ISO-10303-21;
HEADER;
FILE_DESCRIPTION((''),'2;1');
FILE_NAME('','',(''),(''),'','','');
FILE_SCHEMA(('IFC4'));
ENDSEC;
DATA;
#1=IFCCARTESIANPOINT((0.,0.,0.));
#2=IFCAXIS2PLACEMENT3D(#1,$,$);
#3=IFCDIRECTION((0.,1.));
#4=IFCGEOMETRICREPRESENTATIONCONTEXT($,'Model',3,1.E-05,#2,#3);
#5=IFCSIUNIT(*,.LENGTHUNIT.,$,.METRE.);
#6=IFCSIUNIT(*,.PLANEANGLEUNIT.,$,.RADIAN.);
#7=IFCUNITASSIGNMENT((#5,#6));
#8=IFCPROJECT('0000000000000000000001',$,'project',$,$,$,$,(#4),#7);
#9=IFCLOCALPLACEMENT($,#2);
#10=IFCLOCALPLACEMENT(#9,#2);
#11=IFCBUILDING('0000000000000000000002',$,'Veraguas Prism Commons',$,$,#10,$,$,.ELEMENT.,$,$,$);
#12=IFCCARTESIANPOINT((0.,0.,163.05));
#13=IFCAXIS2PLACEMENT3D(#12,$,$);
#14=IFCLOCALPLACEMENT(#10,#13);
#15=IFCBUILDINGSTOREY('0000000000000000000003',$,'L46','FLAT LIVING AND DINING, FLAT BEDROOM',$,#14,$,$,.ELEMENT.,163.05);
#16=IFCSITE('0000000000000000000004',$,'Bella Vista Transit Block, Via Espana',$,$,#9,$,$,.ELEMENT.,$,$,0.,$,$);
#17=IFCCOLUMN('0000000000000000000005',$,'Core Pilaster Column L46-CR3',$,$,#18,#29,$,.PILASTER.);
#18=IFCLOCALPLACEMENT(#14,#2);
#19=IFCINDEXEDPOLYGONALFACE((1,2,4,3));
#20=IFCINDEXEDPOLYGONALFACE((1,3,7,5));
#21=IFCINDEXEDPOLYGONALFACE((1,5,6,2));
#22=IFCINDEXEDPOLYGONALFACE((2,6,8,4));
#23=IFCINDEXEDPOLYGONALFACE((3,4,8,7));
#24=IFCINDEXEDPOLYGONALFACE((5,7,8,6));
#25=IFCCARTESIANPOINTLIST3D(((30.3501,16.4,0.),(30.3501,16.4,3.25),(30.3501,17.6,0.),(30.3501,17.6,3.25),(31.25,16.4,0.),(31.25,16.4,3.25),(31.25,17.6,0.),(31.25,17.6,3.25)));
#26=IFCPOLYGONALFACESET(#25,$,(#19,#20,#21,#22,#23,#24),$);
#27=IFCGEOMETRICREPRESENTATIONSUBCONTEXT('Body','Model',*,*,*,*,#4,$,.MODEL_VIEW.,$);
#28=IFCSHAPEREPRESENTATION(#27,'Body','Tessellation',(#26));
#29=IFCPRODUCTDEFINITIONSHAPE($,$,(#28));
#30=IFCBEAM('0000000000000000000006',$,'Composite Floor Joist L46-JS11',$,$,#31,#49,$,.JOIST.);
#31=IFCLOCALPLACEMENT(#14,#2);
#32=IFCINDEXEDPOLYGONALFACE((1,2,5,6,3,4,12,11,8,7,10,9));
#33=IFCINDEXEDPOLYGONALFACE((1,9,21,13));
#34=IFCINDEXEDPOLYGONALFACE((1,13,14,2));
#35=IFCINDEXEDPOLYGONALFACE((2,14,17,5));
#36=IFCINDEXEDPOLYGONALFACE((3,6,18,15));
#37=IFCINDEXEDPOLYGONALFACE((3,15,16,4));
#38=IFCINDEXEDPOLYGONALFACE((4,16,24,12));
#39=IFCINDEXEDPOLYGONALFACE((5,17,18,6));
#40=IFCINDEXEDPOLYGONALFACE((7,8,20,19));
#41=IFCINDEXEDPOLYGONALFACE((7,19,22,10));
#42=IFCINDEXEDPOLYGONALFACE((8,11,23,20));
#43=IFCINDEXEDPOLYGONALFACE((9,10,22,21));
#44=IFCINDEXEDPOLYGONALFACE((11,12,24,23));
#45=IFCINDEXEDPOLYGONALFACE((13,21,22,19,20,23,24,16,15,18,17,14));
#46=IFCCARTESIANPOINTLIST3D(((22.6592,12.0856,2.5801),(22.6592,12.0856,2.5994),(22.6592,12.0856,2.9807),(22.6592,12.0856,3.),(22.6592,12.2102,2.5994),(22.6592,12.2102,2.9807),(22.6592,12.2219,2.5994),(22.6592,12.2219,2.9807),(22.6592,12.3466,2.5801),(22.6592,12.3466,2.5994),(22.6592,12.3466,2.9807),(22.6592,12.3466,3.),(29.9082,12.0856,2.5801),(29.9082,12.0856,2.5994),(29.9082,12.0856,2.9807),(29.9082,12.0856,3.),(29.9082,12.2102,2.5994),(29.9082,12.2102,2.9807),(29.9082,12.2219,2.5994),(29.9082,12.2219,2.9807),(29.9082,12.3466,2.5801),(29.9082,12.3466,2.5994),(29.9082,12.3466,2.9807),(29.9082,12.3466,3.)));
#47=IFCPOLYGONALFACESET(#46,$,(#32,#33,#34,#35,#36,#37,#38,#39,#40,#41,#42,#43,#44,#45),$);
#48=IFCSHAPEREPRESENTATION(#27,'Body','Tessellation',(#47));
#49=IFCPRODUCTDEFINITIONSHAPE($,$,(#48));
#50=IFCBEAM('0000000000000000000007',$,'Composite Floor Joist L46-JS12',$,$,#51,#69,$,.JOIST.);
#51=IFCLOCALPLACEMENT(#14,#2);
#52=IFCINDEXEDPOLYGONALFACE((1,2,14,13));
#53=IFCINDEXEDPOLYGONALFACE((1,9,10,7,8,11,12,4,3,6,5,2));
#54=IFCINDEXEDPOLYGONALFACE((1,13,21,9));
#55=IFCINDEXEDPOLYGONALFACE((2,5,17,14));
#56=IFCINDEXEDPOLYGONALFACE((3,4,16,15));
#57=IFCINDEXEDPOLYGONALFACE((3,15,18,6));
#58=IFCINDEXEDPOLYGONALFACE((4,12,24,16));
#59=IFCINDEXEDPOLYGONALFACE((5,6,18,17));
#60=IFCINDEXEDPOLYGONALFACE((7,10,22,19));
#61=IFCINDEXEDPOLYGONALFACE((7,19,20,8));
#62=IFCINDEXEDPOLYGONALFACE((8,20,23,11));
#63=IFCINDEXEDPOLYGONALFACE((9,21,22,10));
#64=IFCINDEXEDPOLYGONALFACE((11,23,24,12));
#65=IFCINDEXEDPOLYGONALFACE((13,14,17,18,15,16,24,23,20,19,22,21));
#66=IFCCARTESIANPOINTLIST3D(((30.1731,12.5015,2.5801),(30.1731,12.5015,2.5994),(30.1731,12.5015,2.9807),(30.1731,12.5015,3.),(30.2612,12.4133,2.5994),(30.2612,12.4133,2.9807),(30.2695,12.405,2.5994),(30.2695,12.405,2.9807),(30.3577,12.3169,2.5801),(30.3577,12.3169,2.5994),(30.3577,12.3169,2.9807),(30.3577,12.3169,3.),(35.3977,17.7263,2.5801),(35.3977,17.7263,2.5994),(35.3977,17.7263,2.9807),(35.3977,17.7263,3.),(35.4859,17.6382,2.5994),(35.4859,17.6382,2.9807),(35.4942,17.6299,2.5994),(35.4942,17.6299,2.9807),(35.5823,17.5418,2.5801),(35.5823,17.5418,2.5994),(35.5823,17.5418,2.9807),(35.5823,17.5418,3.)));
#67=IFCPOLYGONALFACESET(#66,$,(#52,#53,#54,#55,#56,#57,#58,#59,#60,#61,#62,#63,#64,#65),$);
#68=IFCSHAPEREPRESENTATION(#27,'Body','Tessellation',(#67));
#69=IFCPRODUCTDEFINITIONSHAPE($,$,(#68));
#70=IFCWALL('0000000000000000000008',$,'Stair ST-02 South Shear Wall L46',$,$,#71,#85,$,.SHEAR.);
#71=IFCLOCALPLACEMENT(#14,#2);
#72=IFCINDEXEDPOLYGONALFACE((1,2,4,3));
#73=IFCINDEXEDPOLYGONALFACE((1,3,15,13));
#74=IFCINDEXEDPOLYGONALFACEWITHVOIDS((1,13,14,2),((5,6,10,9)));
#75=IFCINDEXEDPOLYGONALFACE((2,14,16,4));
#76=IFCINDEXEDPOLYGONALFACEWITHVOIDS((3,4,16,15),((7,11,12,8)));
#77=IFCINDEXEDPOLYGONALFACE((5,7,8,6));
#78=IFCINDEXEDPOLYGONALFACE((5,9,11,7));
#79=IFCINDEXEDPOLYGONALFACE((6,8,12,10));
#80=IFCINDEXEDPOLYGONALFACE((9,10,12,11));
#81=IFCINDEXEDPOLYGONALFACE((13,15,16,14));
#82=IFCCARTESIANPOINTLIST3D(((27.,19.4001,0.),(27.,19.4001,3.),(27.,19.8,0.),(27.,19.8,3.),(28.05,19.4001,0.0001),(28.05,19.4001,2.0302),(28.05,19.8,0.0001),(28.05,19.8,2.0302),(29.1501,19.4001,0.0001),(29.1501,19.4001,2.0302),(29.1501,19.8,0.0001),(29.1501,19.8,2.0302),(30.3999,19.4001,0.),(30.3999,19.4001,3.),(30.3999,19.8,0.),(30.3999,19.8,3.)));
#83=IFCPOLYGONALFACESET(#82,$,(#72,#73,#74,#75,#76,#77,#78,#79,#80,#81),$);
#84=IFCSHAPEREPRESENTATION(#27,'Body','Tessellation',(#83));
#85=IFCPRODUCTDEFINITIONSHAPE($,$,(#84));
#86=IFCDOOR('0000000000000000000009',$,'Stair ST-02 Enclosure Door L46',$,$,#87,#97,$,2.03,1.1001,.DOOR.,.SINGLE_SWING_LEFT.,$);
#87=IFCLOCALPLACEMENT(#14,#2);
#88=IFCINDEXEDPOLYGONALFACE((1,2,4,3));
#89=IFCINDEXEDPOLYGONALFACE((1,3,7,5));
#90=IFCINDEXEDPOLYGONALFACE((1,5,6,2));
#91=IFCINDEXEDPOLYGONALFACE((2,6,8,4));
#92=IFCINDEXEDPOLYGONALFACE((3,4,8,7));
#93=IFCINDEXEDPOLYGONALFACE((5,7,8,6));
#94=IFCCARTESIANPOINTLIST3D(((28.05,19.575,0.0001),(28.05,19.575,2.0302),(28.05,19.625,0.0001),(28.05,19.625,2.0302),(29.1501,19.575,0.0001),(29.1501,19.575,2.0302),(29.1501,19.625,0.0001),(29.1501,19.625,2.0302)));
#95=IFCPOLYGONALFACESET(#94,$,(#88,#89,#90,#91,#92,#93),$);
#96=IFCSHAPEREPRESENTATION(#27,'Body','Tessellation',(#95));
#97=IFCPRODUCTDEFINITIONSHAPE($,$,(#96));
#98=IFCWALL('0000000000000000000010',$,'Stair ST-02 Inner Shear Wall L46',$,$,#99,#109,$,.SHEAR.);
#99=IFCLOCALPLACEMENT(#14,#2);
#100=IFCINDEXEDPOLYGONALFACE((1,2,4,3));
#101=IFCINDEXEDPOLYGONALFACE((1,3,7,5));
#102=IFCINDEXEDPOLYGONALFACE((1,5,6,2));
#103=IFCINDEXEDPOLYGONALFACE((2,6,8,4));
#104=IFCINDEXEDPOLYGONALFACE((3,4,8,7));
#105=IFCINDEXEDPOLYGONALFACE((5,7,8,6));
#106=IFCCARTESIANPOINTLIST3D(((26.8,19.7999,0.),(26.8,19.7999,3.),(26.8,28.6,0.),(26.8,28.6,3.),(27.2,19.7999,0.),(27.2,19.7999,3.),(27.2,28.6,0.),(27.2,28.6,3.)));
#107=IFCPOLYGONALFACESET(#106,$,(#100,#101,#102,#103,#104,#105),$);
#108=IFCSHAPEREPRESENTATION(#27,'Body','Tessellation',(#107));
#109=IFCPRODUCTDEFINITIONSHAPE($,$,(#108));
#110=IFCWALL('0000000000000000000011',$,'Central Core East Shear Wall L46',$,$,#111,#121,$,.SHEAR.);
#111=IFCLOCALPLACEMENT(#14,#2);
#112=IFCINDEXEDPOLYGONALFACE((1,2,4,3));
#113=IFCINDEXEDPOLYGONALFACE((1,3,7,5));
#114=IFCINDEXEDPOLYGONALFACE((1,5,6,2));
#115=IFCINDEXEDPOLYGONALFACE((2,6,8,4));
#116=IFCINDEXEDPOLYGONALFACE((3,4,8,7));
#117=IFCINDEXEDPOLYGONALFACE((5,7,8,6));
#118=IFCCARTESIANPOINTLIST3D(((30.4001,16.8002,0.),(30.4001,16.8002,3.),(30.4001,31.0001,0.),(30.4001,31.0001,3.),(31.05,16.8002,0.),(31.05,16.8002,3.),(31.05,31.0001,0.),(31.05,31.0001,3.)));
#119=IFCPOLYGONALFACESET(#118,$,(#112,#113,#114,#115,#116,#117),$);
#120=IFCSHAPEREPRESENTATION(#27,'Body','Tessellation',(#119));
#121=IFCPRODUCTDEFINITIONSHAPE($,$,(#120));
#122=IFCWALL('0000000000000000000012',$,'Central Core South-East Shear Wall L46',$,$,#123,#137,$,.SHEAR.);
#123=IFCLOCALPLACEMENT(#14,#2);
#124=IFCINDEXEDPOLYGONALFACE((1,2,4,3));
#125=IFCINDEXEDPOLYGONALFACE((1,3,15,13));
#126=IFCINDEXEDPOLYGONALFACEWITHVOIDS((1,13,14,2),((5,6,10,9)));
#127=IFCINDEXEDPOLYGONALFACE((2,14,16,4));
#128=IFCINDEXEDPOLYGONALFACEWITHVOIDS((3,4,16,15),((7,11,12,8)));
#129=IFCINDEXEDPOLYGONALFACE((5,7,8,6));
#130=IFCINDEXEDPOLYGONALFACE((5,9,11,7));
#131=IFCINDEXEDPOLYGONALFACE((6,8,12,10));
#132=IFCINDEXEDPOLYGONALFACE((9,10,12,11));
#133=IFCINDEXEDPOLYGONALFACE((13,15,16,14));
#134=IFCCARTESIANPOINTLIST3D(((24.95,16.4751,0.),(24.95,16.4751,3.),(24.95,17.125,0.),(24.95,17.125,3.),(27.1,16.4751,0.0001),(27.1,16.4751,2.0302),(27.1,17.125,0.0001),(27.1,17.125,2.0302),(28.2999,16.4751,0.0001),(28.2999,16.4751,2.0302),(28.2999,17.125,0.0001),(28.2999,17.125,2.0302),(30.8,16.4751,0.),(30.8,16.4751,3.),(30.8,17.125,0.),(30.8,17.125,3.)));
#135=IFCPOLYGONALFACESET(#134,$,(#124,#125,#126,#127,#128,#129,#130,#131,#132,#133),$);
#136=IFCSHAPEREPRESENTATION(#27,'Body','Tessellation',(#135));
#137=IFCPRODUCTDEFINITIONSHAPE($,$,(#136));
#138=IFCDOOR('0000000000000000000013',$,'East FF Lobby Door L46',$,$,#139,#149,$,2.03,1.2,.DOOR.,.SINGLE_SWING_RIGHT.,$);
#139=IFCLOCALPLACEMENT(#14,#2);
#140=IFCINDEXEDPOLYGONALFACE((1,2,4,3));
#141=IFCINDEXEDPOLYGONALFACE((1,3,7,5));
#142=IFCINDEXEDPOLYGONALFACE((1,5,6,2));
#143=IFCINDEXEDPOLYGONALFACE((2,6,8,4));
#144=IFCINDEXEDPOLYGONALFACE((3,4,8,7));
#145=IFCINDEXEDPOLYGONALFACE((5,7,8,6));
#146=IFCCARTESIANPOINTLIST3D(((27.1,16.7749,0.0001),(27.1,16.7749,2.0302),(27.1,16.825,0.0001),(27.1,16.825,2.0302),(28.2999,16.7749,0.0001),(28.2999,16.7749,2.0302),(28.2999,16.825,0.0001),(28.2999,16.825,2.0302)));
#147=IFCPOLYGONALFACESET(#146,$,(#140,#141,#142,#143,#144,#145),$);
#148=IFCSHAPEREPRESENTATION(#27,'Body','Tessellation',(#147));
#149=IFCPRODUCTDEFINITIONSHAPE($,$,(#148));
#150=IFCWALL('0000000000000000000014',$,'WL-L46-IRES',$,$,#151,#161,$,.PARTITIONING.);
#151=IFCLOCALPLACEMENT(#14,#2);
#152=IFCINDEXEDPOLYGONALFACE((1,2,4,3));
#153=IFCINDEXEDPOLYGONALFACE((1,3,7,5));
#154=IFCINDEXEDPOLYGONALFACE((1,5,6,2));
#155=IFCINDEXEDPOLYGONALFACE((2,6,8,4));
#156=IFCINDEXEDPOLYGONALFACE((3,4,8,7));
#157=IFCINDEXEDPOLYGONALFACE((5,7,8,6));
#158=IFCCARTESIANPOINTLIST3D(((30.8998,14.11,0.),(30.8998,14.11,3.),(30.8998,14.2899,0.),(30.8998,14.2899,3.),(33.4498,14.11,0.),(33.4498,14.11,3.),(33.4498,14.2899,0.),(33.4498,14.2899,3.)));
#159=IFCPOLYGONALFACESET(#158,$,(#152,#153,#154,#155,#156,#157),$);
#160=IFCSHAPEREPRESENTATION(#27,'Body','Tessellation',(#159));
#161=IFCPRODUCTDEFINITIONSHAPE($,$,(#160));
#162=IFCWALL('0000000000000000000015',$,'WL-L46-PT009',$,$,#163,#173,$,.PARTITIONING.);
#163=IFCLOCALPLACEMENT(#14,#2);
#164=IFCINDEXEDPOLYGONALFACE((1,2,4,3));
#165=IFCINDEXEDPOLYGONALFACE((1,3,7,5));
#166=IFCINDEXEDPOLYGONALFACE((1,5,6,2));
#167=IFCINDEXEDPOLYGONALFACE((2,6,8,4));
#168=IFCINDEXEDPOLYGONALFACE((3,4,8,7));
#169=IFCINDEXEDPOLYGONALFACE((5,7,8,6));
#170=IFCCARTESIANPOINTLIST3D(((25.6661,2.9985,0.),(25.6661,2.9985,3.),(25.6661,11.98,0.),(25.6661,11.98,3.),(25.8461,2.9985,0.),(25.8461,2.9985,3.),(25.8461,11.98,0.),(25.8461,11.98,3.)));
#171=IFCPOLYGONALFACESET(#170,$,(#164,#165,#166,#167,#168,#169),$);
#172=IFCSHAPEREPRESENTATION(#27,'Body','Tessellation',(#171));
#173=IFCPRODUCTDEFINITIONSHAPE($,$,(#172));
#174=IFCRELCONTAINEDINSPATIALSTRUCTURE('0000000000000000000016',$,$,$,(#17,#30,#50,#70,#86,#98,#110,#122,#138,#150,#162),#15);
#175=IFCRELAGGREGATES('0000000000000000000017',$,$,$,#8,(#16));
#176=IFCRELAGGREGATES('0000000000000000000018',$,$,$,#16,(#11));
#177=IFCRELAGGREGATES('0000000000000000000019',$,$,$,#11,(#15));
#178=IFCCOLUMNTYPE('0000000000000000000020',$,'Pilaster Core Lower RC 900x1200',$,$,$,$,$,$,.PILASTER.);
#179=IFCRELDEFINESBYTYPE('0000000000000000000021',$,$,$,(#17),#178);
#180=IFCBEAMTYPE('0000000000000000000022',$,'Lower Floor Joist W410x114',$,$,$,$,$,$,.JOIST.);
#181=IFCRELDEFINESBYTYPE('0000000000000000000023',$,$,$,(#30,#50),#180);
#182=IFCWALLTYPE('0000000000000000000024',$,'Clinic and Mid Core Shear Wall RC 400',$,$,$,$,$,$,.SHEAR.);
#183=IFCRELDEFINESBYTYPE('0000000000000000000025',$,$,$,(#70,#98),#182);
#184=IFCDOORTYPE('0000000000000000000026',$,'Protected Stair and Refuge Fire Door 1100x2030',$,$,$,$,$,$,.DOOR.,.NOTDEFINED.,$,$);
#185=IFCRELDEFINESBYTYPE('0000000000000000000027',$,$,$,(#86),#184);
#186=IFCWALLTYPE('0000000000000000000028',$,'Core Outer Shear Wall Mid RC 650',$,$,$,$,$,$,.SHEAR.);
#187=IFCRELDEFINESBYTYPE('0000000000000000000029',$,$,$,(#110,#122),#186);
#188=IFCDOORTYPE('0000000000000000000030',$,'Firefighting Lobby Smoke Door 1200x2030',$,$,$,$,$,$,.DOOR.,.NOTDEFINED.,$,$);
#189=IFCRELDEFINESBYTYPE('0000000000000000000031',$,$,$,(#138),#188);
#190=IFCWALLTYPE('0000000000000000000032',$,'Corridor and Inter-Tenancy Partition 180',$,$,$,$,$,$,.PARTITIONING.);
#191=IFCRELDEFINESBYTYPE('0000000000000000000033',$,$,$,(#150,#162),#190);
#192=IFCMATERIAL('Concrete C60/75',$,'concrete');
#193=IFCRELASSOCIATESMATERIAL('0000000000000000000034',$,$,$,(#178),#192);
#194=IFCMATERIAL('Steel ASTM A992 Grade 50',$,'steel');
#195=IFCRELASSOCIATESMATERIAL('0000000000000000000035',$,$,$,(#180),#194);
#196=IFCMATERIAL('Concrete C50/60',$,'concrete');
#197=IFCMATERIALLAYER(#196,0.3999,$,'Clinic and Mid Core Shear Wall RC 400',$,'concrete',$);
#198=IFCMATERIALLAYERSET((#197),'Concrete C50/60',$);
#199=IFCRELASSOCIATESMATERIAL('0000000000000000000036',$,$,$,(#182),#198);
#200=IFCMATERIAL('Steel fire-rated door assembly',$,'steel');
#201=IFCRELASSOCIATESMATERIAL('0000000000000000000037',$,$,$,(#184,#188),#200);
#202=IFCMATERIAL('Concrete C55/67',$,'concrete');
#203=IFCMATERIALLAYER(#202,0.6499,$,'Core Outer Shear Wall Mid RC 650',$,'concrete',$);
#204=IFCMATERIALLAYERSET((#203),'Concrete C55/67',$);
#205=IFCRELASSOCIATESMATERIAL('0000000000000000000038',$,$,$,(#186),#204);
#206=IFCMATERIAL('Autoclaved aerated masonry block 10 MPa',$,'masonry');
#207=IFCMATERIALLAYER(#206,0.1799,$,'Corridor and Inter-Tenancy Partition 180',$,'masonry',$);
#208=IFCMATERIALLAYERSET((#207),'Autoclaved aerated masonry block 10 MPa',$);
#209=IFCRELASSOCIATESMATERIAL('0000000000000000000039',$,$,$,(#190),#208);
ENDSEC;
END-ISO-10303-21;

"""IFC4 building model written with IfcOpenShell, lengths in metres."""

from ifc_helpers import new_model, si_unit, direction, frame, frame_2d, origin, origin_2d, place, context, subcontext, project, spatial, rectangle, i_section, extrude, source, transform, mapped, material, layer, layer_set, material_profile, profile_set, type_object, element, fill, save


model = new_model("IFC4")

# Units and contexts
model_context = context("Model", 3, precision=1e-05, world=origin(), true_north=direction((0.0, 1.0)))
body_context = subcontext(model_context, "Body", "Model", "MODEL_VIEW")
ifc_project = project(units=[si_unit("LENGTHUNIT", "METRE"), si_unit("PLANEANGLEUNIT", "RADIAN")], contexts=[model_context])

# Site, building, storey
site_placement = place(None, origin())
site = spatial("IfcSite", under=ifc_project, at=site_placement, Name="Bella Vista Transit Block, Via Espana", CompositionType="ELEMENT", RefElevation=0.0)
building_placement = place(site_placement, origin())
building = spatial("IfcBuilding", under=site, at=building_placement, Name="Veraguas Prism Commons", CompositionType="ELEMENT")
storey_placement = place(building_placement, frame((0.0, 0.0, 163.05)))
storey = spatial("IfcBuildingStorey", under=building, at=storey_placement, Name="L46", Description="FLAT LIVING AND DINING, FLAT BEDROOM", CompositionType="ELEMENT", Elevation=163.05)

# Column
ifc_material_1 = material(Name="Concrete C60/75", Category="concrete")
ifc_material_profile_1 = material_profile(ifc_material_1, rectangle(XDim=0.8999, YDim=1.2, at=origin_2d()), Name="RC900X1200")
ifc_profile_set_1 = profile_set([ifc_material_profile_1], Name="Concrete C60/75")
column_type = type_object("IfcColumnType", Name="Pilaster Core Lower RC 900x1200", PredefinedType="PILASTER", material=ifc_profile_set_1)
column_placement = place(storey_placement, frame((30.8, 17.0, 0.0), z_axis=(0.0, 0.0, 1.0), x_axis=(1.0, 0.0, 0.0)))
element("IfcColumn", 1, at=column_placement, inside=storey, type_object=column_type, Name="Core Pilaster Column L46-CR3", PredefinedType="PILASTER", context=body_context, shape_type="SweptSolid", body=[
    extrude(rectangle(XDim=0.8999, YDim=1.2, at=origin_2d()), origin(), (0.0, 0.0, 1.0), 3.25),
])

# Beams
ifc_material_2 = material(Name="Steel ASTM A992 Grade 50", Category="steel")
ifc_material_profile_2 = material_profile(ifc_material_2, i_section(OverallWidth=0.261, OverallDepth=0.4199, WebThickness=0.0117, FlangeThickness=0.0193, at=origin_2d()), Name="W410X114")
ifc_profile_set_2 = profile_set([ifc_material_profile_2], Name="Steel ASTM A992 Grade 50")
beam_type = type_object("IfcBeamType", Name="Lower Floor Joist W410x114", PredefinedType="JOIST", material=ifc_profile_set_2)
beam_1_placement = place(storey_placement, frame((22.6592, 12.2161, 2.79), z_axis=(1.0, 0.0, 0.0), x_axis=(0.0, 1.0, 0.0)))
element("IfcBeam", 2, at=beam_1_placement, inside=storey, type_object=beam_type, Name="Composite Floor Joist L46-JS11", PredefinedType="JOIST", context=body_context, shape_type="SweptSolid", body=[
    extrude(i_section(OverallWidth=0.261, OverallDepth=0.4199, WebThickness=0.0117, FlangeThickness=0.0193, at=origin_2d()), origin(), (0.0, 0.0, 1.0), 7.249),
])
beam_2_placement = place(storey_placement, frame((30.2654, 12.4092, 2.79), z_axis=(0.70709, 0.707123, 0.0), x_axis=(-0.707123, 0.70709, 0.0)))
element("IfcBeam", 3, at=beam_2_placement, inside=storey, type_object=beam_type, Name="Composite Floor Joist L46-JS12", PredefinedType="JOIST", context=body_context, shape_type="SweptSolid", body=[
    extrude(i_section(OverallWidth=0.261, OverallDepth=0.4199, WebThickness=0.0117, FlangeThickness=0.0193, at=origin_2d()), origin(), (0.0, 0.0, 1.0), 7.3889),
])

# Wall, opening, door
ifc_material_3 = material(Name="Concrete C50/60", Category="concrete")
ifc_layer_1 = layer(ifc_material_3, 0.3999, Name="Clinic and Mid Core Shear Wall RC 400", Category="concrete")
ifc_layer_set_1 = layer_set([ifc_layer_1], Name="Concrete C50/60")
wall_type_1 = type_object("IfcWallType", Name="Clinic and Mid Core Shear Wall RC 400", PredefinedType="SHEAR", material=ifc_layer_set_1)
wall_1_placement = place(storey_placement, frame((27.0, 19.6001, 0.0), z_axis=(0.0, 0.0, 1.0), x_axis=(1.0, 0.0, 0.0)))
wall_1 = element("IfcWall", 4, at=wall_1_placement, inside=storey, type_object=wall_type_1, Name="Stair ST-02 South Shear Wall L46", PredefinedType="SHEAR", context=body_context, shape_type="SweptSolid", body=[
    extrude(rectangle(XDim=3.3999, YDim=0.3999, at=frame_2d((1.7, 0.0))), origin(), (0.0, 0.0, 1.0), 3.0),
])
opening_1_placement = place(wall_1_placement, frame((1.05, 0.0, 0.0)))
opening_1 = element("IfcOpeningElement", 5, at=opening_1_placement, cuts=wall_1, PredefinedType="OPENING", context=body_context, shape_type="SweptSolid", body=[
    extrude(rectangle(XDim=1.1001, YDim=2.03, at=frame_2d((0.55, 1.0151))), frame((0.0, 0.21, 0.0), z_axis=(0.0, -1.0, 0.0), x_axis=(1.0, 0.0, 0.0)), (0.0, 0.0, 1.0), 0.4199),
])
ifc_material_4 = material(Name="Steel fire-rated door assembly", Category="steel")
door_type_1 = type_object("IfcDoorType", Name="Protected Stair and Refuge Fire Door 1100x2030", OperationType="NOTDEFINED", PredefinedType="DOOR", material=ifc_material_4)
shared_shape_1 = source(origin(), body_context, "Body", "SweptSolid", [
    extrude(rectangle(XDim=1.1001, YDim=2.03, at=frame_2d((0.55, 1.0151))), frame((0.0, 0.0249, 0.0), z_axis=(0.0, -1.0, 0.0), x_axis=(1.0, 0.0, 0.0)), (0.0, 0.0, 1.0), 0.05),
])
door_1_placement = place(opening_1_placement, origin())
door_1 = element("IfcDoor", 6, at=door_1_placement, inside=storey, type_object=door_type_1, Name="Stair ST-02 Enclosure Door L46", OperationType="SINGLE_SWING_LEFT", OverallHeight=2.03, OverallWidth=1.1001, PredefinedType="DOOR", context=body_context, shape_type="MappedRepresentation", body=[
    mapped(shared_shape_1, transform((0.0, 0.0, 0.0), scale=1.0)),
])
fill(opening_1, door_1)

# Walls
wall_2_placement = place(storey_placement, frame((27.0, 19.8, 0.0), z_axis=(0.0, 0.0, 1.0), x_axis=(0.0, 1.0, 0.0)))
element("IfcWall", 7, at=wall_2_placement, inside=storey, type_object=wall_type_1, Name="Stair ST-02 Inner Shear Wall L46", PredefinedType="SHEAR", context=body_context, shape_type="SweptSolid", body=[
    extrude(rectangle(XDim=8.8, YDim=0.3999, at=frame_2d((4.3999, 0.0))), origin(), (0.0, 0.0, 1.0), 3.0),
])
ifc_material_5 = material(Name="Concrete C55/67", Category="concrete")
ifc_layer_2 = layer(ifc_material_5, 0.6499, Name="Core Outer Shear Wall Mid RC 650", Category="concrete")
ifc_layer_set_2 = layer_set([ifc_layer_2], Name="Concrete C55/67")
wall_type_2 = type_object("IfcWallType", Name="Core Outer Shear Wall Mid RC 650", PredefinedType="SHEAR", material=ifc_layer_set_2)
wall_3_placement = place(storey_placement, frame((30.7251, 16.8, 0.0), z_axis=(0.0, 0.0, 1.0), x_axis=(0.0, 1.0, 0.0)))
element("IfcWall", 8, at=wall_3_placement, inside=storey, type_object=wall_type_2, Name="Central Core East Shear Wall L46", PredefinedType="SHEAR", context=body_context, shape_type="SweptSolid", body=[
    extrude(rectangle(XDim=14.2, YDim=0.6499, at=frame_2d((7.1001, 0.0))), origin(), (0.0, 0.0, 1.0), 3.0),
])

# Wall, opening, door
wall_4_placement = place(storey_placement, frame((24.95, 16.8, 0.0), z_axis=(0.0, 0.0, 1.0), x_axis=(1.0, 0.0, 0.0)))
wall_4 = element("IfcWall", 9, at=wall_4_placement, inside=storey, type_object=wall_type_2, Name="Central Core South-East Shear Wall L46", PredefinedType="SHEAR", context=body_context, shape_type="SweptSolid", body=[
    extrude(rectangle(XDim=5.8501, YDim=0.6499, at=frame_2d((2.925, 0.0))), origin(), (0.0, 0.0, 1.0), 3.0),
])
opening_2_placement = place(wall_4_placement, frame((2.1499, 0.0, 0.0)))
opening_2 = element("IfcOpeningElement", 10, at=opening_2_placement, cuts=wall_4, PredefinedType="OPENING", context=body_context, shape_type="SweptSolid", body=[
    extrude(rectangle(XDim=1.2, YDim=2.03, at=frame_2d((0.6001, 1.0151))), frame((0.0, 0.335, 0.0), z_axis=(0.0, -1.0, 0.0), x_axis=(1.0, 0.0, 0.0)), (0.0, 0.0, 1.0), 0.6699),
])
door_type_2 = type_object("IfcDoorType", Name="Firefighting Lobby Smoke Door 1200x2030", OperationType="NOTDEFINED", PredefinedType="DOOR", material=ifc_material_4)
shared_shape_2 = source(origin(), body_context, "Body", "SweptSolid", [
    extrude(rectangle(XDim=1.2, YDim=2.03, at=frame_2d((0.6001, 1.0151))), frame((0.0, 0.0249, 0.0), z_axis=(0.0, -1.0, 0.0), x_axis=(1.0, 0.0, 0.0)), (0.0, 0.0, 1.0), 0.05),
])
door_2_placement = place(opening_2_placement, origin())
door_2 = element("IfcDoor", 11, at=door_2_placement, inside=storey, type_object=door_type_2, Name="East FF Lobby Door L46", OperationType="SINGLE_SWING_RIGHT", OverallHeight=2.03, OverallWidth=1.2, PredefinedType="DOOR", context=body_context, shape_type="MappedRepresentation", body=[
    mapped(shared_shape_2, transform((0.0, 0.0, 0.0), scale=1.0)),
])
fill(opening_2, door_2)

# Walls
ifc_material_6 = material(Name="Autoclaved aerated masonry block 10 MPa", Category="masonry")
ifc_layer_3 = layer(ifc_material_6, 0.1799, Name="Corridor and Inter-Tenancy Partition 180", Category="masonry")
ifc_layer_set_3 = layer_set([ifc_layer_3], Name="Autoclaved aerated masonry block 10 MPa")
wall_type_3 = type_object("IfcWallType", Name="Corridor and Inter-Tenancy Partition 180", PredefinedType="PARTITIONING", material=ifc_layer_set_3)
wall_5_placement = place(storey_placement, frame((30.8999, 14.2, 0.0), z_axis=(0.0, 0.0, 1.0), x_axis=(1.0, 0.0, 0.0)))
element("IfcWall", 12, at=wall_5_placement, inside=storey, type_object=wall_type_3, Name="WL-L46-IRES", PredefinedType="PARTITIONING", context=body_context, shape_type="SweptSolid", body=[
    extrude(rectangle(XDim=2.55, YDim=0.1799, at=frame_2d((1.2749, 0.0))), origin(), (0.0, 0.0, 1.0), 3.0),
])
wall_6_placement = place(storey_placement, frame((25.7561, 11.98, 0.0), z_axis=(0.0, 0.0, 1.0), x_axis=(0.0, -1.0, 0.0)))
element("IfcWall", 13, at=wall_6_placement, inside=storey, type_object=wall_type_3, Name="WL-L46-PT009", PredefinedType="PARTITIONING", context=body_context, shape_type="SweptSolid", body=[
    extrude(rectangle(XDim=8.9814, YDim=0.1799, at=frame_2d((4.4907, 0.0))), origin(), (0.0, 0.0, 1.0), 3.0),
])

save(model, "model.ifc")
